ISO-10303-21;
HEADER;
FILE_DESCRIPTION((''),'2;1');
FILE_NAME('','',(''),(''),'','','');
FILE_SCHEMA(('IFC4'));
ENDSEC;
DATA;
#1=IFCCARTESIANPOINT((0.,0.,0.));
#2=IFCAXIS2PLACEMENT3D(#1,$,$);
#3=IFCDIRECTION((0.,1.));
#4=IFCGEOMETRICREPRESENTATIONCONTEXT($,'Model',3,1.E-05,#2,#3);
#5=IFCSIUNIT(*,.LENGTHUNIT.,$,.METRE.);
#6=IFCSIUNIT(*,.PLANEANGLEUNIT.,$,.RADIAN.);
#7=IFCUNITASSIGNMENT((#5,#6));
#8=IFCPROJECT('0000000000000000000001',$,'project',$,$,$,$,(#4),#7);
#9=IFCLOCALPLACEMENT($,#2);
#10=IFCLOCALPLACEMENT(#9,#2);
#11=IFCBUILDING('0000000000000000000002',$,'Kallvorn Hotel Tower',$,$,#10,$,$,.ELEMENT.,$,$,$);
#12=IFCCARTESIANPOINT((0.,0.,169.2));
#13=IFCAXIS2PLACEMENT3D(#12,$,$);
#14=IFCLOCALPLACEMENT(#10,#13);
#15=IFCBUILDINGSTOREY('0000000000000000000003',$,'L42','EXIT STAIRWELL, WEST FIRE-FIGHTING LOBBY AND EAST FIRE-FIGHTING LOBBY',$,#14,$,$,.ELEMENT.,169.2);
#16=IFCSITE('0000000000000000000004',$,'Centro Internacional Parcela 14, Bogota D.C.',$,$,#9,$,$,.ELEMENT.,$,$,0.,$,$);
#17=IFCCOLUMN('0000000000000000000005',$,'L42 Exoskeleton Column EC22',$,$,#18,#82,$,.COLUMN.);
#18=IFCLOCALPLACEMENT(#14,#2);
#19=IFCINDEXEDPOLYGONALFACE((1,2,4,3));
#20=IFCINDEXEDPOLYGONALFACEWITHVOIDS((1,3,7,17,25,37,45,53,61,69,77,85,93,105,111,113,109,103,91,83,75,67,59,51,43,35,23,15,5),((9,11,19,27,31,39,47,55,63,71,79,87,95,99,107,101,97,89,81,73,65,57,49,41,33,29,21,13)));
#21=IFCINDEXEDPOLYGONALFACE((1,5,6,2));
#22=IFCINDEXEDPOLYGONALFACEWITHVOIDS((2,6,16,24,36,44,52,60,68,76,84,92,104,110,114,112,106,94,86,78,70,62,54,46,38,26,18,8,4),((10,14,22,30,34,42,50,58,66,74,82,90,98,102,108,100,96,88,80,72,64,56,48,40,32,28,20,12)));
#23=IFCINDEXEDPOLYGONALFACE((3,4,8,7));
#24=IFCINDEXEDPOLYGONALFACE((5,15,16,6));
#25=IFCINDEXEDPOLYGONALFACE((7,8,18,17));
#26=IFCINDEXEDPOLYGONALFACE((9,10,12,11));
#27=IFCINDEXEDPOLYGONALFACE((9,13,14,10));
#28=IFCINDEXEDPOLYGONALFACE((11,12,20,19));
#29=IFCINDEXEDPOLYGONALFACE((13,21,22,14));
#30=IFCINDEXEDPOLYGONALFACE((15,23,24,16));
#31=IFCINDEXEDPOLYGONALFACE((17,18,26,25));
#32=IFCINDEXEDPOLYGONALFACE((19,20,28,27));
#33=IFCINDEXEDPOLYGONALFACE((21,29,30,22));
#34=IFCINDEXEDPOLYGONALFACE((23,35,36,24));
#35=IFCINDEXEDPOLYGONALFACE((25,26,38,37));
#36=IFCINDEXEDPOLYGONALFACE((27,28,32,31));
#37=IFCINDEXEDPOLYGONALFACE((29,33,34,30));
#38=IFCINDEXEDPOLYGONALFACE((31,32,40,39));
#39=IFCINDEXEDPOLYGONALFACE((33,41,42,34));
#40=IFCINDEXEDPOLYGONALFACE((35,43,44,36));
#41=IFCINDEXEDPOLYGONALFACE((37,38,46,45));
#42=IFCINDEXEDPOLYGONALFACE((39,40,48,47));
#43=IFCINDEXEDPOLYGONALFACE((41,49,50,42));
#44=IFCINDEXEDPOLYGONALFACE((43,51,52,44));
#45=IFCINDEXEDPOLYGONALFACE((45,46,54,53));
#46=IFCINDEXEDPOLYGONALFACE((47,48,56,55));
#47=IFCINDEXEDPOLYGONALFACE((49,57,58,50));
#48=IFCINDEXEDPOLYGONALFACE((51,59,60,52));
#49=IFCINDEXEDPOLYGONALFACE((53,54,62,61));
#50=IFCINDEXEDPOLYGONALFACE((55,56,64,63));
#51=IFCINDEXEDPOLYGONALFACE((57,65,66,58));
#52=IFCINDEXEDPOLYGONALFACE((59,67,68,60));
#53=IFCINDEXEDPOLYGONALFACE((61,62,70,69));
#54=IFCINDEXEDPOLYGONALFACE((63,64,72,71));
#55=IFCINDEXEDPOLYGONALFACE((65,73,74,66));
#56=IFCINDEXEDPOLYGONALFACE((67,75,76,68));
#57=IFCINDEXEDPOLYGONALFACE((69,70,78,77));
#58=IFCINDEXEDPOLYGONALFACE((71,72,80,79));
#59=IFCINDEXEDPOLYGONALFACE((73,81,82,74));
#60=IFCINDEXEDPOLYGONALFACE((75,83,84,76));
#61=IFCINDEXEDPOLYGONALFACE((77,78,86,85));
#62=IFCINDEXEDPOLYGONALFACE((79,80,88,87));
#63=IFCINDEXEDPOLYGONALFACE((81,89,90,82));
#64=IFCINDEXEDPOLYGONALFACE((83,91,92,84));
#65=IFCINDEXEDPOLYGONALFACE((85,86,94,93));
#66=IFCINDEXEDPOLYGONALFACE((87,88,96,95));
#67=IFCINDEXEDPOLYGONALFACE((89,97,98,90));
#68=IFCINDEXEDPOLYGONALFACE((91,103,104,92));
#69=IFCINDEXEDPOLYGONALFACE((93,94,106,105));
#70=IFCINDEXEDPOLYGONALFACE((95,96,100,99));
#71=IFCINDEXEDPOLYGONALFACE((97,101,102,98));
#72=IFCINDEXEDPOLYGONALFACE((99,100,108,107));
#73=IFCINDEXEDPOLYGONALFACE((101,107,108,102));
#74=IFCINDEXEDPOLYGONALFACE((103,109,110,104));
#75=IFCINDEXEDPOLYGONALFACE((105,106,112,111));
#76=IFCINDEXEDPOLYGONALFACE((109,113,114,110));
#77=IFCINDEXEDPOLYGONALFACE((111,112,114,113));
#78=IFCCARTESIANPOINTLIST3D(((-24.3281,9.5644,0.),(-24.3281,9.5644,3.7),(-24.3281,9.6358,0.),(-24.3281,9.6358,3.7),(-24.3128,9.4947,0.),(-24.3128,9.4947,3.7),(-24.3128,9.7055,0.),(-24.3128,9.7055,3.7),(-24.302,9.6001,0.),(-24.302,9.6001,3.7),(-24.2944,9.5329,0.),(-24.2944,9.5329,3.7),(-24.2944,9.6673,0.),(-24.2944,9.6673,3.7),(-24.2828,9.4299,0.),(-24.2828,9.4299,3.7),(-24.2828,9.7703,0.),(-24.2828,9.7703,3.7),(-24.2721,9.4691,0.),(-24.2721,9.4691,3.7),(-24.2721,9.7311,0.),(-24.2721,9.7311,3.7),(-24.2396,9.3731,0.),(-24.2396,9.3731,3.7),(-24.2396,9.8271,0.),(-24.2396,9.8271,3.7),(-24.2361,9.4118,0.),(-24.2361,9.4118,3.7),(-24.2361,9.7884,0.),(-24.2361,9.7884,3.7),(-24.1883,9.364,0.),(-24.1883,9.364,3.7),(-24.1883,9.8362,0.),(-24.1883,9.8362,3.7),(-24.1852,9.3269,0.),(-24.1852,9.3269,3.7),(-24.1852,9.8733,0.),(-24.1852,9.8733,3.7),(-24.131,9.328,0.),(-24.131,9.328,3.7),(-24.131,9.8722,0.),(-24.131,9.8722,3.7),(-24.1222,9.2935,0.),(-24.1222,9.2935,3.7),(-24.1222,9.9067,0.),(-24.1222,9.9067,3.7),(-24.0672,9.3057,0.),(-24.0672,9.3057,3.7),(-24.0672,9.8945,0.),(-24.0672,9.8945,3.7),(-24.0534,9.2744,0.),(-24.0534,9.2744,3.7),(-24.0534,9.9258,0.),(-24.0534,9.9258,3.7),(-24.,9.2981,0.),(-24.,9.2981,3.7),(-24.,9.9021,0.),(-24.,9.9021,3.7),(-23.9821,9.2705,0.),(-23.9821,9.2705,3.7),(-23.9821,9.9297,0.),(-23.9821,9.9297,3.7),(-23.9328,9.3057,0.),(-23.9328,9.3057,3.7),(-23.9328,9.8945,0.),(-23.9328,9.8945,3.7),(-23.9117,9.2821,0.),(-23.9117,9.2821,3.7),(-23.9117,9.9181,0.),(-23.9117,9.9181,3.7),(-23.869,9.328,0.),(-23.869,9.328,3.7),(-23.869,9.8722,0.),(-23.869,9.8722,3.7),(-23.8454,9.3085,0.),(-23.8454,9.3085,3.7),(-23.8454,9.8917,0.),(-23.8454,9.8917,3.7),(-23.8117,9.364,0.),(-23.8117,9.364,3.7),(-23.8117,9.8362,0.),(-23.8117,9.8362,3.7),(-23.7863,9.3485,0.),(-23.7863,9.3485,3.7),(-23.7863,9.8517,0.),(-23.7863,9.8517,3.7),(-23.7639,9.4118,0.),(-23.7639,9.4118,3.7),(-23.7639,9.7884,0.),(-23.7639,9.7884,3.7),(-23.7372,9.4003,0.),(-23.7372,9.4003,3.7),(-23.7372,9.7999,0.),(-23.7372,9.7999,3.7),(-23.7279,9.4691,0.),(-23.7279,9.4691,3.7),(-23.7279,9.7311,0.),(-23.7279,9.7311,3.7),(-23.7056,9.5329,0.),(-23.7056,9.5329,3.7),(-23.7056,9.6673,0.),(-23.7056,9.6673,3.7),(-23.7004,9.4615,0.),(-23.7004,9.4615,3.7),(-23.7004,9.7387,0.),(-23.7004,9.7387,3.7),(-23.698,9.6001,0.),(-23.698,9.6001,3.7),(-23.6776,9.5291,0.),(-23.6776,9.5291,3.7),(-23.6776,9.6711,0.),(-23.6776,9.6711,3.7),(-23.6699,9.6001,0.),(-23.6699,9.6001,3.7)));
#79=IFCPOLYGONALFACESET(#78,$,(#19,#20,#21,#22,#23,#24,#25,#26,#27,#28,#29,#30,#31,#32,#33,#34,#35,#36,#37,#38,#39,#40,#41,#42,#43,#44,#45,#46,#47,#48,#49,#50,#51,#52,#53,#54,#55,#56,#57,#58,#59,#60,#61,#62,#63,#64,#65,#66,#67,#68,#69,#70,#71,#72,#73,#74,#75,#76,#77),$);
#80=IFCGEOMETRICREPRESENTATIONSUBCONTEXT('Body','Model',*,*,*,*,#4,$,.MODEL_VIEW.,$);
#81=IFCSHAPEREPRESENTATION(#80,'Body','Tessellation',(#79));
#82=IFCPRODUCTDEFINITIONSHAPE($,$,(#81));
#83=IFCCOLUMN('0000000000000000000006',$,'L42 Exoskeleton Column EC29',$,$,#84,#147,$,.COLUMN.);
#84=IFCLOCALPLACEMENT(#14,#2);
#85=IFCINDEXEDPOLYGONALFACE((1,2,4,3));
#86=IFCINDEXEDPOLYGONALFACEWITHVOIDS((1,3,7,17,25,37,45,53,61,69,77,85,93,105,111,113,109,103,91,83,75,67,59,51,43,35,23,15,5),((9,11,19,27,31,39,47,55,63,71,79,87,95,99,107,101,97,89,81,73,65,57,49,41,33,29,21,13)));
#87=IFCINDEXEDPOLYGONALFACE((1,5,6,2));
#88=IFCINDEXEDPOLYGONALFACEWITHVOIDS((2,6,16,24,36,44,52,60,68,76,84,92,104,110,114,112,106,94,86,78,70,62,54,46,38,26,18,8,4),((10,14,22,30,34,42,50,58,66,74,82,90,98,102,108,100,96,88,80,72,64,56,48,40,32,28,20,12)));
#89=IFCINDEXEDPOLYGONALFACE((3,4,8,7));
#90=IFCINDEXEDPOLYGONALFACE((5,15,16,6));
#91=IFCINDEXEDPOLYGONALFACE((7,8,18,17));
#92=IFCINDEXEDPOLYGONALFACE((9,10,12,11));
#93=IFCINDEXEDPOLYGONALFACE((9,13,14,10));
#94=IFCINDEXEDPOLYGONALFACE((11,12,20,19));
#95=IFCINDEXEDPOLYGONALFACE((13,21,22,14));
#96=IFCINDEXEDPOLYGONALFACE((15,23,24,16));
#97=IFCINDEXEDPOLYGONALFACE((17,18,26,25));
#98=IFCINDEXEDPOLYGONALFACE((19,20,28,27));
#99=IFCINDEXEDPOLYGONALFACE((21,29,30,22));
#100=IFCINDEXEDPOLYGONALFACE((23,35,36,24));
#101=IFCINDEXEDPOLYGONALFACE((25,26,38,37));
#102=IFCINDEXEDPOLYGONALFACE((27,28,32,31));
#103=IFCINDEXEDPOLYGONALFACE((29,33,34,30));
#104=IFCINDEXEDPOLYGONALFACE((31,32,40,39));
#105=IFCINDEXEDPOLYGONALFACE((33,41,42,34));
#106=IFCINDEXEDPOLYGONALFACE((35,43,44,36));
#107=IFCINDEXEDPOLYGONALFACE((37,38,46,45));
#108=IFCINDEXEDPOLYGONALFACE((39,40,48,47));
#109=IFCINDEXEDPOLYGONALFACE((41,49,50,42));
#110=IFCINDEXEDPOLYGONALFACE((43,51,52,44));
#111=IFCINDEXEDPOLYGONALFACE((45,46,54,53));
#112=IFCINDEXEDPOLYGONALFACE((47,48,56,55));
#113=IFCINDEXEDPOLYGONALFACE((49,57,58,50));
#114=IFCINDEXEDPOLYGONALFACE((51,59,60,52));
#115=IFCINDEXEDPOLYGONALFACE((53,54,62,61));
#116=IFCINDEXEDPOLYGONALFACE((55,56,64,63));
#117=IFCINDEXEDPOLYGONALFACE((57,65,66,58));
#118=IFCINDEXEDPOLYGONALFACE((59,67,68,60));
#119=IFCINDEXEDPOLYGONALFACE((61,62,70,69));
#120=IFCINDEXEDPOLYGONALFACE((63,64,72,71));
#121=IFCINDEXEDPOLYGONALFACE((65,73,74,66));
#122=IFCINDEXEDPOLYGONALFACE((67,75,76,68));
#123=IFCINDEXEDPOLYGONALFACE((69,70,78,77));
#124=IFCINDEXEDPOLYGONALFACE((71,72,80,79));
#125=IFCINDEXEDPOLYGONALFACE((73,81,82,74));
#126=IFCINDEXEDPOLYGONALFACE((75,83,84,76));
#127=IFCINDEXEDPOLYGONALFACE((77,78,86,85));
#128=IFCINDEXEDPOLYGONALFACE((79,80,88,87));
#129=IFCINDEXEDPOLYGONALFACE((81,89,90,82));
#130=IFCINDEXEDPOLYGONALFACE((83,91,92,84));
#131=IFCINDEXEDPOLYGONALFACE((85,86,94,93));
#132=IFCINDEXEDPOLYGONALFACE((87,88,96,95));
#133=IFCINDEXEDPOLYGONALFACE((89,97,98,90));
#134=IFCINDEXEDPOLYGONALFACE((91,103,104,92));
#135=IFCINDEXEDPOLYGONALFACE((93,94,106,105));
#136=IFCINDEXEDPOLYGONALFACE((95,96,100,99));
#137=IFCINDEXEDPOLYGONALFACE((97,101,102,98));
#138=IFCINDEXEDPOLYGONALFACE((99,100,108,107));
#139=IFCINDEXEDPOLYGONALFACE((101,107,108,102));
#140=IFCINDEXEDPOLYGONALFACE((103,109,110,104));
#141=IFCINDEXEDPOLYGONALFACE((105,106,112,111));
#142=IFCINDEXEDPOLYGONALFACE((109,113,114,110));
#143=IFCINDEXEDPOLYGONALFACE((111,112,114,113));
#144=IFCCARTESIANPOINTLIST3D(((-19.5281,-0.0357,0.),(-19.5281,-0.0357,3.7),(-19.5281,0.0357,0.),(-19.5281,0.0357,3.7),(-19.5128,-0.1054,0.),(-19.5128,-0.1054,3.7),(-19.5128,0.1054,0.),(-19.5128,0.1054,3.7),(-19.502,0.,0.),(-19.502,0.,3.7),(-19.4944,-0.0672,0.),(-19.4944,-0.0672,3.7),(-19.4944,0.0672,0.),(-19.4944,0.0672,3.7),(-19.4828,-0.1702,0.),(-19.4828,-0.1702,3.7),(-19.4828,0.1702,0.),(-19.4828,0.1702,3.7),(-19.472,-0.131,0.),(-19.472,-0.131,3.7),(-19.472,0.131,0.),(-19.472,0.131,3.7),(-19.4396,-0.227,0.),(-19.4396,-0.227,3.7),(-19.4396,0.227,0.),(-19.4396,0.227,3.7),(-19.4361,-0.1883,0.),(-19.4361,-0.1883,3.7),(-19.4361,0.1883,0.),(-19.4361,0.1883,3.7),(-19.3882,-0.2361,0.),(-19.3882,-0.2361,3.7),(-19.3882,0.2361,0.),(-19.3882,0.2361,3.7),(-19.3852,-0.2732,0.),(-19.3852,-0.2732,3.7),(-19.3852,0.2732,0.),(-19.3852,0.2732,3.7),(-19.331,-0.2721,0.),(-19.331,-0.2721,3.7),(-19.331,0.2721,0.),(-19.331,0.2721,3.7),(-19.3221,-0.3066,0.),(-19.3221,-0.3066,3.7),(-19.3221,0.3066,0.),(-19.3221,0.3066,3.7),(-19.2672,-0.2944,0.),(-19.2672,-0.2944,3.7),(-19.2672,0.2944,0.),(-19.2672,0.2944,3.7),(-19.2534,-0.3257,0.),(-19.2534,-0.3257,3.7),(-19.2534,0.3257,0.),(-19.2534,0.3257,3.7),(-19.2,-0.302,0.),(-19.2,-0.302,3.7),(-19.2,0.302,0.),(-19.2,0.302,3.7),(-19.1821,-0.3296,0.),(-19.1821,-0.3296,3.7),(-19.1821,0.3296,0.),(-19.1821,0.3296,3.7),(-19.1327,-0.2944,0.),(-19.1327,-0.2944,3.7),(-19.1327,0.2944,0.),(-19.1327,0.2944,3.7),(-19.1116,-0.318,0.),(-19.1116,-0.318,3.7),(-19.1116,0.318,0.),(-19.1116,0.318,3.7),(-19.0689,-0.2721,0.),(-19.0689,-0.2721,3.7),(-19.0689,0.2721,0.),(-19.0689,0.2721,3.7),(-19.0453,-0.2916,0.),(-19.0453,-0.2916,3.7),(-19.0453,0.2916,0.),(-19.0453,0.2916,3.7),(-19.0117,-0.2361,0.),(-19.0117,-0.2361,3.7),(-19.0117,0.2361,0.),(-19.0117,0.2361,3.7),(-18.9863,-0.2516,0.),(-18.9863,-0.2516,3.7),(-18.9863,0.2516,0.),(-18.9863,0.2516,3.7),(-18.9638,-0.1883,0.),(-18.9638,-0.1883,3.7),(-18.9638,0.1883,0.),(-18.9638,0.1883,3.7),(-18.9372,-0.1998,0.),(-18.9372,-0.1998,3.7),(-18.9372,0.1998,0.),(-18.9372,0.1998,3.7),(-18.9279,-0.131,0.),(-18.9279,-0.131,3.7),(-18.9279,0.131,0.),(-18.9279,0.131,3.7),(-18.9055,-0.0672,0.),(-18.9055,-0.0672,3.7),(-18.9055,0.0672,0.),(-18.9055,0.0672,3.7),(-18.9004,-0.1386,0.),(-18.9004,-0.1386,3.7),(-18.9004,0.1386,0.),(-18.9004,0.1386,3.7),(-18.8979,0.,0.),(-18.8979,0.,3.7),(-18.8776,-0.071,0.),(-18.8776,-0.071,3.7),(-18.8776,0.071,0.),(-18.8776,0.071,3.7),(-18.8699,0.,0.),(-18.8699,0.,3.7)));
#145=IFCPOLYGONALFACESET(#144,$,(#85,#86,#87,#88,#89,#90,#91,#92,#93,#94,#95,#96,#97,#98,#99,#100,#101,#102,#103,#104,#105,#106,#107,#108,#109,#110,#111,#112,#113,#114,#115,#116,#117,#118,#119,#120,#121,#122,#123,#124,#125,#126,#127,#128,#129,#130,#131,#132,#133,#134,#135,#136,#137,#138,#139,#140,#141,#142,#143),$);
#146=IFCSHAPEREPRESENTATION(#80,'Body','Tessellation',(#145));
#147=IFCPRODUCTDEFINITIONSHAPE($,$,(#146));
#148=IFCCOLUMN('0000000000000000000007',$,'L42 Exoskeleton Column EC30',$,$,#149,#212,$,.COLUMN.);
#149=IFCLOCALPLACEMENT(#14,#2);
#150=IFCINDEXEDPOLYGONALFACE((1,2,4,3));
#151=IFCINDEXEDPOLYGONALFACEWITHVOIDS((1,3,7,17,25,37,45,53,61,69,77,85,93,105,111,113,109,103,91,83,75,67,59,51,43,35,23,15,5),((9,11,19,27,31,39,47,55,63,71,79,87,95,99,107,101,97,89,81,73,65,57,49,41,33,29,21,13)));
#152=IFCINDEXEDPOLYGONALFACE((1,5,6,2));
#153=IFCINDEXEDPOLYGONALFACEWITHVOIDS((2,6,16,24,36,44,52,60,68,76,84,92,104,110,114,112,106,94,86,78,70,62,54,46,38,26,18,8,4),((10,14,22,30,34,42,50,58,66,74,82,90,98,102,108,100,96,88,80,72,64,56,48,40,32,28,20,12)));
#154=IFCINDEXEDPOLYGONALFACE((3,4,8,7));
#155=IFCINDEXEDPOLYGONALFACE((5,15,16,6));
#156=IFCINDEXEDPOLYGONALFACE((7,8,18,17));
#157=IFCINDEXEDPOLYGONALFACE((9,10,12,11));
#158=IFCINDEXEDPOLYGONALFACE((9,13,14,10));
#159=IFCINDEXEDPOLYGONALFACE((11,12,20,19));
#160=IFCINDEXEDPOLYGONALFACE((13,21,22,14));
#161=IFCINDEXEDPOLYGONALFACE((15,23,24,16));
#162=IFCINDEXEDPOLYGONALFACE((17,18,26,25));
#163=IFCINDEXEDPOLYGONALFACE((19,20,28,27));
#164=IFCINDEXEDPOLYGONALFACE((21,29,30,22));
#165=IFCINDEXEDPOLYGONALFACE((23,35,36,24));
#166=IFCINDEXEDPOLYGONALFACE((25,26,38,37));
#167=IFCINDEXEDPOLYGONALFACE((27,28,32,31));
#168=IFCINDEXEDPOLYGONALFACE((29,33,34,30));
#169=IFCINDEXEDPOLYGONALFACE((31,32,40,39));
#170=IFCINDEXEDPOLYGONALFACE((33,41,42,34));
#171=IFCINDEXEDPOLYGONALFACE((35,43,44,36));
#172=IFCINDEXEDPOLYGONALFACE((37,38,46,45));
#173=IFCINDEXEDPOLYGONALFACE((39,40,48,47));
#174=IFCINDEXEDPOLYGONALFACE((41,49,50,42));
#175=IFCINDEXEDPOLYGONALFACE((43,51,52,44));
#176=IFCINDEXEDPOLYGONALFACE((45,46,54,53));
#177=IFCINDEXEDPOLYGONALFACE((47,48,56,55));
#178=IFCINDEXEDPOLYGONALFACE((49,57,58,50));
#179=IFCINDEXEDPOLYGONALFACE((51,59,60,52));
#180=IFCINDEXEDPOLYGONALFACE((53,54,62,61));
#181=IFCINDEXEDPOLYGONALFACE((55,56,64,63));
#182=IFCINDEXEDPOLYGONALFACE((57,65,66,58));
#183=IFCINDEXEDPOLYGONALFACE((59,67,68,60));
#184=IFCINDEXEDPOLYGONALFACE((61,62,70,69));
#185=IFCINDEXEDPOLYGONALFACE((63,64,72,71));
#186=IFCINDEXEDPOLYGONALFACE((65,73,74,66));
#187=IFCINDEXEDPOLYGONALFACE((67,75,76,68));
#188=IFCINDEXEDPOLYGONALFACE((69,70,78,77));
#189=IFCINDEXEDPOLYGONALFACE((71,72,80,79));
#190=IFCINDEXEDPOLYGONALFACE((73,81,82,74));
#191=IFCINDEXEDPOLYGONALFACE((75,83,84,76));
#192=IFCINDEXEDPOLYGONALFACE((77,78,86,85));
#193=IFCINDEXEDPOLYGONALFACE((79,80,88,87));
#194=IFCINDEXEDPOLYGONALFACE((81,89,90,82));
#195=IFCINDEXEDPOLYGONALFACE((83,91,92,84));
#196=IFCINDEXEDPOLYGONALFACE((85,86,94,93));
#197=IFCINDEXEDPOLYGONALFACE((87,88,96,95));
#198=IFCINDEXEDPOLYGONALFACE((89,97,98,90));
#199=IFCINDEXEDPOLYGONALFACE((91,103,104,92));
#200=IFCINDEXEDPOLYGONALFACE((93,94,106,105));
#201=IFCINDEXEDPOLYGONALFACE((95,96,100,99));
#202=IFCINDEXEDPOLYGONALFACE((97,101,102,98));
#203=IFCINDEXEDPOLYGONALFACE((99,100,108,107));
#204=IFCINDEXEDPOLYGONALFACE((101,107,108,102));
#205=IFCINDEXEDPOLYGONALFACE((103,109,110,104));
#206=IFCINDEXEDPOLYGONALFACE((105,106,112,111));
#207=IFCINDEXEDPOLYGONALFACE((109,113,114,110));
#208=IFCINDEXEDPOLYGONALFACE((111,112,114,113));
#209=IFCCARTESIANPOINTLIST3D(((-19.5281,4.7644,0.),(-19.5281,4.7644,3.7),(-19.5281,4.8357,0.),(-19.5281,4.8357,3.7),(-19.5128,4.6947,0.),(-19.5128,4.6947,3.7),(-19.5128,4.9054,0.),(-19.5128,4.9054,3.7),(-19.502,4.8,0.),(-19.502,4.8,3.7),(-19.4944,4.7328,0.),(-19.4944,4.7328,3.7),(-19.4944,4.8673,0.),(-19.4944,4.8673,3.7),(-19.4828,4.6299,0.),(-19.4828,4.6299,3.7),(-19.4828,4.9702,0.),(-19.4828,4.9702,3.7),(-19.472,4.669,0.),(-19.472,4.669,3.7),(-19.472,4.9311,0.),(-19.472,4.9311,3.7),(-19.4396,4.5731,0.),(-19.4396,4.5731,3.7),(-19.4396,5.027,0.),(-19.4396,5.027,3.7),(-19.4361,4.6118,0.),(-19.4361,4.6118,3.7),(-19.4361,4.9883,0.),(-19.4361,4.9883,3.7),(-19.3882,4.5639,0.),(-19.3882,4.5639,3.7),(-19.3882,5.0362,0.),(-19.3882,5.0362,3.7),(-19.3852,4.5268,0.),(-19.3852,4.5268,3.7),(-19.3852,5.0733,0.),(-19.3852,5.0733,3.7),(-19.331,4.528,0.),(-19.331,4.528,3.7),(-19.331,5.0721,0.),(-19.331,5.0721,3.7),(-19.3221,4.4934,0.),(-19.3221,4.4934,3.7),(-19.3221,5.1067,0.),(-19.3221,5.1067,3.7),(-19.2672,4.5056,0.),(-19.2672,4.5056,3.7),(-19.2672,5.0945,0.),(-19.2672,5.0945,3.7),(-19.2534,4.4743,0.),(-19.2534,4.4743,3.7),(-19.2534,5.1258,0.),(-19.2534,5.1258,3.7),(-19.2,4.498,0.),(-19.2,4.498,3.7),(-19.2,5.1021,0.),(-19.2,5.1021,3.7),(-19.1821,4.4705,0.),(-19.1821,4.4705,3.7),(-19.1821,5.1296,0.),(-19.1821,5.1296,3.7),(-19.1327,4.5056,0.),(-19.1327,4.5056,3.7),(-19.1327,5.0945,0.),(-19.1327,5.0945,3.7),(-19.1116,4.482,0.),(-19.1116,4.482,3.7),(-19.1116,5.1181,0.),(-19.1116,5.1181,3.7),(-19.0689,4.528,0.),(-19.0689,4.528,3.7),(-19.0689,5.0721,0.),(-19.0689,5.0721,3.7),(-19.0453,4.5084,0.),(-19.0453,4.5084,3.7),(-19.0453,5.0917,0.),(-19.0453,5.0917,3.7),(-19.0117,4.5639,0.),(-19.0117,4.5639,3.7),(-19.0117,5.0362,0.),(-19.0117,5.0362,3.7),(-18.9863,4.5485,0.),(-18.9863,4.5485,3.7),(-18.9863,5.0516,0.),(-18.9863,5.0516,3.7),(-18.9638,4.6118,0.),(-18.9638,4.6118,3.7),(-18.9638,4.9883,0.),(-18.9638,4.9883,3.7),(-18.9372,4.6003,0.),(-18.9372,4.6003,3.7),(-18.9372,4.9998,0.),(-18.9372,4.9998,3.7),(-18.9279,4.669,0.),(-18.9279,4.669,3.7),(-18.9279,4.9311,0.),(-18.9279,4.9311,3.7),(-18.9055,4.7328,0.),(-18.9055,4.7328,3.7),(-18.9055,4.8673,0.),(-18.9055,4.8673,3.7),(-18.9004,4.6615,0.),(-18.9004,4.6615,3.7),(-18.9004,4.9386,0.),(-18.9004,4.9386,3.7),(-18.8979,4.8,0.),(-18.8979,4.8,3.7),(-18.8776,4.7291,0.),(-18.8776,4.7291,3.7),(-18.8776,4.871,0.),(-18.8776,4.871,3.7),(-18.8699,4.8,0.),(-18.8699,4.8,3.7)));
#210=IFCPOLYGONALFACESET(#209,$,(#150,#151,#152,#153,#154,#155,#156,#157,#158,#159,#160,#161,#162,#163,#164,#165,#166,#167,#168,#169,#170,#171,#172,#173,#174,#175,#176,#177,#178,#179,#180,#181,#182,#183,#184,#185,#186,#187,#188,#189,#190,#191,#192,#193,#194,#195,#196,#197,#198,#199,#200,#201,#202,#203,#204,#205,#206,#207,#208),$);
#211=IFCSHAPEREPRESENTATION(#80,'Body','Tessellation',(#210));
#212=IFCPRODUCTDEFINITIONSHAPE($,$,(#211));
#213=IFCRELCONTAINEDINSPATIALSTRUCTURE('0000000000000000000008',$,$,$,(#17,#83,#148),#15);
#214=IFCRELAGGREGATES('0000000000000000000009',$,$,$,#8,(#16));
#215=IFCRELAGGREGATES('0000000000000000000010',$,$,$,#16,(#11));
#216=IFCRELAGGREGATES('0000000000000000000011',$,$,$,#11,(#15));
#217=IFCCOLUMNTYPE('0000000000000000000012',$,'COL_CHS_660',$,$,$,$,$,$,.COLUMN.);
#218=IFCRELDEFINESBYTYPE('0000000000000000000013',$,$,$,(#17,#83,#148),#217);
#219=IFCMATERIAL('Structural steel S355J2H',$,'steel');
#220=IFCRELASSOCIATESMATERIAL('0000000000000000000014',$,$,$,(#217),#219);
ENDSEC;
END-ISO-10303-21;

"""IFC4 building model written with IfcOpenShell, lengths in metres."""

from ifc_helpers import new_model, si_unit, direction, frame, origin, origin_2d, place, context, subcontext, project, spatial, hollow_circle, extrude, material, material_profile, profile_set, type_object, element, save


model = new_model("IFC4")

# Units and contexts
model_context = context("Model", 3, precision=1e-05, world=origin(), true_north=direction((0.0, 1.0)))
body_context = subcontext(model_context, "Body", "Model", "MODEL_VIEW")
ifc_project = project(units=[si_unit("LENGTHUNIT", "METRE"), si_unit("PLANEANGLEUNIT", "RADIAN")], contexts=[model_context])

# Site, building, storey
site_placement = place(None, origin())
site = spatial("IfcSite", under=ifc_project, at=site_placement, Name="Centro Internacional Parcela 14, Bogota D.C.", CompositionType="ELEMENT", RefElevation=0.0)
building_placement = place(site_placement, origin())
building = spatial("IfcBuilding", under=site, at=building_placement, Name="Kallvorn Hotel Tower", CompositionType="ELEMENT")
storey_placement = place(building_placement, frame((0.0, 0.0, 169.2)))
storey = spatial("IfcBuildingStorey", under=building, at=storey_placement, Name="L42", Description="EXIT STAIRWELL, WEST FIRE-FIGHTING LOBBY AND EAST FIRE-FIGHTING LOBBY", CompositionType="ELEMENT", Elevation=169.2)

# Columns
ifc_material_1 = material(Name="Structural steel S355J2H", Category="steel")
ifc_material_profile_1 = material_profile(ifc_material_1, hollow_circle(Radius=0.3301, WallThickness=0.0281, at=origin_2d()), Name="CHS 660x28")
ifc_profile_set_1 = profile_set([ifc_material_profile_1], Name="Structural steel S355J2H")
column_type_1 = type_object("IfcColumnType", Name="COL_CHS_660", PredefinedType="COLUMN", material=ifc_profile_set_1)
for number, where, z_axis, x_axis, name in (
    (1, (-24.0, 9.6001, 0.0), (0.0, 0.0, 1.0), (1.0, 0.0, 0.0), "L42 Exoskeleton Column EC22"),
    (2, (-19.2, 0.0, 0.0), (0.0, 0.0, 1.0), (1.0, 0.0, 0.0), "L42 Exoskeleton Column EC29"),
    (3, (-19.2, 4.8, 0.0), (0.0, 0.0, 1.0), (1.0, 0.0, 0.0), "L42 Exoskeleton Column EC30"),
):
    element("IfcColumn", number, at=place(storey_placement, frame(where, z_axis=z_axis, x_axis=x_axis)), inside=storey, type_object=column_type_1, Name=name, PredefinedType="COLUMN", context=body_context, shape_type="SweptSolid", body=[
        extrude(hollow_circle(Radius=0.3301, WallThickness=0.0281, at=origin_2d()), origin(), (0.0, 0.0, 1.0), 3.7),
    ])

save(model, "model.ifc")
